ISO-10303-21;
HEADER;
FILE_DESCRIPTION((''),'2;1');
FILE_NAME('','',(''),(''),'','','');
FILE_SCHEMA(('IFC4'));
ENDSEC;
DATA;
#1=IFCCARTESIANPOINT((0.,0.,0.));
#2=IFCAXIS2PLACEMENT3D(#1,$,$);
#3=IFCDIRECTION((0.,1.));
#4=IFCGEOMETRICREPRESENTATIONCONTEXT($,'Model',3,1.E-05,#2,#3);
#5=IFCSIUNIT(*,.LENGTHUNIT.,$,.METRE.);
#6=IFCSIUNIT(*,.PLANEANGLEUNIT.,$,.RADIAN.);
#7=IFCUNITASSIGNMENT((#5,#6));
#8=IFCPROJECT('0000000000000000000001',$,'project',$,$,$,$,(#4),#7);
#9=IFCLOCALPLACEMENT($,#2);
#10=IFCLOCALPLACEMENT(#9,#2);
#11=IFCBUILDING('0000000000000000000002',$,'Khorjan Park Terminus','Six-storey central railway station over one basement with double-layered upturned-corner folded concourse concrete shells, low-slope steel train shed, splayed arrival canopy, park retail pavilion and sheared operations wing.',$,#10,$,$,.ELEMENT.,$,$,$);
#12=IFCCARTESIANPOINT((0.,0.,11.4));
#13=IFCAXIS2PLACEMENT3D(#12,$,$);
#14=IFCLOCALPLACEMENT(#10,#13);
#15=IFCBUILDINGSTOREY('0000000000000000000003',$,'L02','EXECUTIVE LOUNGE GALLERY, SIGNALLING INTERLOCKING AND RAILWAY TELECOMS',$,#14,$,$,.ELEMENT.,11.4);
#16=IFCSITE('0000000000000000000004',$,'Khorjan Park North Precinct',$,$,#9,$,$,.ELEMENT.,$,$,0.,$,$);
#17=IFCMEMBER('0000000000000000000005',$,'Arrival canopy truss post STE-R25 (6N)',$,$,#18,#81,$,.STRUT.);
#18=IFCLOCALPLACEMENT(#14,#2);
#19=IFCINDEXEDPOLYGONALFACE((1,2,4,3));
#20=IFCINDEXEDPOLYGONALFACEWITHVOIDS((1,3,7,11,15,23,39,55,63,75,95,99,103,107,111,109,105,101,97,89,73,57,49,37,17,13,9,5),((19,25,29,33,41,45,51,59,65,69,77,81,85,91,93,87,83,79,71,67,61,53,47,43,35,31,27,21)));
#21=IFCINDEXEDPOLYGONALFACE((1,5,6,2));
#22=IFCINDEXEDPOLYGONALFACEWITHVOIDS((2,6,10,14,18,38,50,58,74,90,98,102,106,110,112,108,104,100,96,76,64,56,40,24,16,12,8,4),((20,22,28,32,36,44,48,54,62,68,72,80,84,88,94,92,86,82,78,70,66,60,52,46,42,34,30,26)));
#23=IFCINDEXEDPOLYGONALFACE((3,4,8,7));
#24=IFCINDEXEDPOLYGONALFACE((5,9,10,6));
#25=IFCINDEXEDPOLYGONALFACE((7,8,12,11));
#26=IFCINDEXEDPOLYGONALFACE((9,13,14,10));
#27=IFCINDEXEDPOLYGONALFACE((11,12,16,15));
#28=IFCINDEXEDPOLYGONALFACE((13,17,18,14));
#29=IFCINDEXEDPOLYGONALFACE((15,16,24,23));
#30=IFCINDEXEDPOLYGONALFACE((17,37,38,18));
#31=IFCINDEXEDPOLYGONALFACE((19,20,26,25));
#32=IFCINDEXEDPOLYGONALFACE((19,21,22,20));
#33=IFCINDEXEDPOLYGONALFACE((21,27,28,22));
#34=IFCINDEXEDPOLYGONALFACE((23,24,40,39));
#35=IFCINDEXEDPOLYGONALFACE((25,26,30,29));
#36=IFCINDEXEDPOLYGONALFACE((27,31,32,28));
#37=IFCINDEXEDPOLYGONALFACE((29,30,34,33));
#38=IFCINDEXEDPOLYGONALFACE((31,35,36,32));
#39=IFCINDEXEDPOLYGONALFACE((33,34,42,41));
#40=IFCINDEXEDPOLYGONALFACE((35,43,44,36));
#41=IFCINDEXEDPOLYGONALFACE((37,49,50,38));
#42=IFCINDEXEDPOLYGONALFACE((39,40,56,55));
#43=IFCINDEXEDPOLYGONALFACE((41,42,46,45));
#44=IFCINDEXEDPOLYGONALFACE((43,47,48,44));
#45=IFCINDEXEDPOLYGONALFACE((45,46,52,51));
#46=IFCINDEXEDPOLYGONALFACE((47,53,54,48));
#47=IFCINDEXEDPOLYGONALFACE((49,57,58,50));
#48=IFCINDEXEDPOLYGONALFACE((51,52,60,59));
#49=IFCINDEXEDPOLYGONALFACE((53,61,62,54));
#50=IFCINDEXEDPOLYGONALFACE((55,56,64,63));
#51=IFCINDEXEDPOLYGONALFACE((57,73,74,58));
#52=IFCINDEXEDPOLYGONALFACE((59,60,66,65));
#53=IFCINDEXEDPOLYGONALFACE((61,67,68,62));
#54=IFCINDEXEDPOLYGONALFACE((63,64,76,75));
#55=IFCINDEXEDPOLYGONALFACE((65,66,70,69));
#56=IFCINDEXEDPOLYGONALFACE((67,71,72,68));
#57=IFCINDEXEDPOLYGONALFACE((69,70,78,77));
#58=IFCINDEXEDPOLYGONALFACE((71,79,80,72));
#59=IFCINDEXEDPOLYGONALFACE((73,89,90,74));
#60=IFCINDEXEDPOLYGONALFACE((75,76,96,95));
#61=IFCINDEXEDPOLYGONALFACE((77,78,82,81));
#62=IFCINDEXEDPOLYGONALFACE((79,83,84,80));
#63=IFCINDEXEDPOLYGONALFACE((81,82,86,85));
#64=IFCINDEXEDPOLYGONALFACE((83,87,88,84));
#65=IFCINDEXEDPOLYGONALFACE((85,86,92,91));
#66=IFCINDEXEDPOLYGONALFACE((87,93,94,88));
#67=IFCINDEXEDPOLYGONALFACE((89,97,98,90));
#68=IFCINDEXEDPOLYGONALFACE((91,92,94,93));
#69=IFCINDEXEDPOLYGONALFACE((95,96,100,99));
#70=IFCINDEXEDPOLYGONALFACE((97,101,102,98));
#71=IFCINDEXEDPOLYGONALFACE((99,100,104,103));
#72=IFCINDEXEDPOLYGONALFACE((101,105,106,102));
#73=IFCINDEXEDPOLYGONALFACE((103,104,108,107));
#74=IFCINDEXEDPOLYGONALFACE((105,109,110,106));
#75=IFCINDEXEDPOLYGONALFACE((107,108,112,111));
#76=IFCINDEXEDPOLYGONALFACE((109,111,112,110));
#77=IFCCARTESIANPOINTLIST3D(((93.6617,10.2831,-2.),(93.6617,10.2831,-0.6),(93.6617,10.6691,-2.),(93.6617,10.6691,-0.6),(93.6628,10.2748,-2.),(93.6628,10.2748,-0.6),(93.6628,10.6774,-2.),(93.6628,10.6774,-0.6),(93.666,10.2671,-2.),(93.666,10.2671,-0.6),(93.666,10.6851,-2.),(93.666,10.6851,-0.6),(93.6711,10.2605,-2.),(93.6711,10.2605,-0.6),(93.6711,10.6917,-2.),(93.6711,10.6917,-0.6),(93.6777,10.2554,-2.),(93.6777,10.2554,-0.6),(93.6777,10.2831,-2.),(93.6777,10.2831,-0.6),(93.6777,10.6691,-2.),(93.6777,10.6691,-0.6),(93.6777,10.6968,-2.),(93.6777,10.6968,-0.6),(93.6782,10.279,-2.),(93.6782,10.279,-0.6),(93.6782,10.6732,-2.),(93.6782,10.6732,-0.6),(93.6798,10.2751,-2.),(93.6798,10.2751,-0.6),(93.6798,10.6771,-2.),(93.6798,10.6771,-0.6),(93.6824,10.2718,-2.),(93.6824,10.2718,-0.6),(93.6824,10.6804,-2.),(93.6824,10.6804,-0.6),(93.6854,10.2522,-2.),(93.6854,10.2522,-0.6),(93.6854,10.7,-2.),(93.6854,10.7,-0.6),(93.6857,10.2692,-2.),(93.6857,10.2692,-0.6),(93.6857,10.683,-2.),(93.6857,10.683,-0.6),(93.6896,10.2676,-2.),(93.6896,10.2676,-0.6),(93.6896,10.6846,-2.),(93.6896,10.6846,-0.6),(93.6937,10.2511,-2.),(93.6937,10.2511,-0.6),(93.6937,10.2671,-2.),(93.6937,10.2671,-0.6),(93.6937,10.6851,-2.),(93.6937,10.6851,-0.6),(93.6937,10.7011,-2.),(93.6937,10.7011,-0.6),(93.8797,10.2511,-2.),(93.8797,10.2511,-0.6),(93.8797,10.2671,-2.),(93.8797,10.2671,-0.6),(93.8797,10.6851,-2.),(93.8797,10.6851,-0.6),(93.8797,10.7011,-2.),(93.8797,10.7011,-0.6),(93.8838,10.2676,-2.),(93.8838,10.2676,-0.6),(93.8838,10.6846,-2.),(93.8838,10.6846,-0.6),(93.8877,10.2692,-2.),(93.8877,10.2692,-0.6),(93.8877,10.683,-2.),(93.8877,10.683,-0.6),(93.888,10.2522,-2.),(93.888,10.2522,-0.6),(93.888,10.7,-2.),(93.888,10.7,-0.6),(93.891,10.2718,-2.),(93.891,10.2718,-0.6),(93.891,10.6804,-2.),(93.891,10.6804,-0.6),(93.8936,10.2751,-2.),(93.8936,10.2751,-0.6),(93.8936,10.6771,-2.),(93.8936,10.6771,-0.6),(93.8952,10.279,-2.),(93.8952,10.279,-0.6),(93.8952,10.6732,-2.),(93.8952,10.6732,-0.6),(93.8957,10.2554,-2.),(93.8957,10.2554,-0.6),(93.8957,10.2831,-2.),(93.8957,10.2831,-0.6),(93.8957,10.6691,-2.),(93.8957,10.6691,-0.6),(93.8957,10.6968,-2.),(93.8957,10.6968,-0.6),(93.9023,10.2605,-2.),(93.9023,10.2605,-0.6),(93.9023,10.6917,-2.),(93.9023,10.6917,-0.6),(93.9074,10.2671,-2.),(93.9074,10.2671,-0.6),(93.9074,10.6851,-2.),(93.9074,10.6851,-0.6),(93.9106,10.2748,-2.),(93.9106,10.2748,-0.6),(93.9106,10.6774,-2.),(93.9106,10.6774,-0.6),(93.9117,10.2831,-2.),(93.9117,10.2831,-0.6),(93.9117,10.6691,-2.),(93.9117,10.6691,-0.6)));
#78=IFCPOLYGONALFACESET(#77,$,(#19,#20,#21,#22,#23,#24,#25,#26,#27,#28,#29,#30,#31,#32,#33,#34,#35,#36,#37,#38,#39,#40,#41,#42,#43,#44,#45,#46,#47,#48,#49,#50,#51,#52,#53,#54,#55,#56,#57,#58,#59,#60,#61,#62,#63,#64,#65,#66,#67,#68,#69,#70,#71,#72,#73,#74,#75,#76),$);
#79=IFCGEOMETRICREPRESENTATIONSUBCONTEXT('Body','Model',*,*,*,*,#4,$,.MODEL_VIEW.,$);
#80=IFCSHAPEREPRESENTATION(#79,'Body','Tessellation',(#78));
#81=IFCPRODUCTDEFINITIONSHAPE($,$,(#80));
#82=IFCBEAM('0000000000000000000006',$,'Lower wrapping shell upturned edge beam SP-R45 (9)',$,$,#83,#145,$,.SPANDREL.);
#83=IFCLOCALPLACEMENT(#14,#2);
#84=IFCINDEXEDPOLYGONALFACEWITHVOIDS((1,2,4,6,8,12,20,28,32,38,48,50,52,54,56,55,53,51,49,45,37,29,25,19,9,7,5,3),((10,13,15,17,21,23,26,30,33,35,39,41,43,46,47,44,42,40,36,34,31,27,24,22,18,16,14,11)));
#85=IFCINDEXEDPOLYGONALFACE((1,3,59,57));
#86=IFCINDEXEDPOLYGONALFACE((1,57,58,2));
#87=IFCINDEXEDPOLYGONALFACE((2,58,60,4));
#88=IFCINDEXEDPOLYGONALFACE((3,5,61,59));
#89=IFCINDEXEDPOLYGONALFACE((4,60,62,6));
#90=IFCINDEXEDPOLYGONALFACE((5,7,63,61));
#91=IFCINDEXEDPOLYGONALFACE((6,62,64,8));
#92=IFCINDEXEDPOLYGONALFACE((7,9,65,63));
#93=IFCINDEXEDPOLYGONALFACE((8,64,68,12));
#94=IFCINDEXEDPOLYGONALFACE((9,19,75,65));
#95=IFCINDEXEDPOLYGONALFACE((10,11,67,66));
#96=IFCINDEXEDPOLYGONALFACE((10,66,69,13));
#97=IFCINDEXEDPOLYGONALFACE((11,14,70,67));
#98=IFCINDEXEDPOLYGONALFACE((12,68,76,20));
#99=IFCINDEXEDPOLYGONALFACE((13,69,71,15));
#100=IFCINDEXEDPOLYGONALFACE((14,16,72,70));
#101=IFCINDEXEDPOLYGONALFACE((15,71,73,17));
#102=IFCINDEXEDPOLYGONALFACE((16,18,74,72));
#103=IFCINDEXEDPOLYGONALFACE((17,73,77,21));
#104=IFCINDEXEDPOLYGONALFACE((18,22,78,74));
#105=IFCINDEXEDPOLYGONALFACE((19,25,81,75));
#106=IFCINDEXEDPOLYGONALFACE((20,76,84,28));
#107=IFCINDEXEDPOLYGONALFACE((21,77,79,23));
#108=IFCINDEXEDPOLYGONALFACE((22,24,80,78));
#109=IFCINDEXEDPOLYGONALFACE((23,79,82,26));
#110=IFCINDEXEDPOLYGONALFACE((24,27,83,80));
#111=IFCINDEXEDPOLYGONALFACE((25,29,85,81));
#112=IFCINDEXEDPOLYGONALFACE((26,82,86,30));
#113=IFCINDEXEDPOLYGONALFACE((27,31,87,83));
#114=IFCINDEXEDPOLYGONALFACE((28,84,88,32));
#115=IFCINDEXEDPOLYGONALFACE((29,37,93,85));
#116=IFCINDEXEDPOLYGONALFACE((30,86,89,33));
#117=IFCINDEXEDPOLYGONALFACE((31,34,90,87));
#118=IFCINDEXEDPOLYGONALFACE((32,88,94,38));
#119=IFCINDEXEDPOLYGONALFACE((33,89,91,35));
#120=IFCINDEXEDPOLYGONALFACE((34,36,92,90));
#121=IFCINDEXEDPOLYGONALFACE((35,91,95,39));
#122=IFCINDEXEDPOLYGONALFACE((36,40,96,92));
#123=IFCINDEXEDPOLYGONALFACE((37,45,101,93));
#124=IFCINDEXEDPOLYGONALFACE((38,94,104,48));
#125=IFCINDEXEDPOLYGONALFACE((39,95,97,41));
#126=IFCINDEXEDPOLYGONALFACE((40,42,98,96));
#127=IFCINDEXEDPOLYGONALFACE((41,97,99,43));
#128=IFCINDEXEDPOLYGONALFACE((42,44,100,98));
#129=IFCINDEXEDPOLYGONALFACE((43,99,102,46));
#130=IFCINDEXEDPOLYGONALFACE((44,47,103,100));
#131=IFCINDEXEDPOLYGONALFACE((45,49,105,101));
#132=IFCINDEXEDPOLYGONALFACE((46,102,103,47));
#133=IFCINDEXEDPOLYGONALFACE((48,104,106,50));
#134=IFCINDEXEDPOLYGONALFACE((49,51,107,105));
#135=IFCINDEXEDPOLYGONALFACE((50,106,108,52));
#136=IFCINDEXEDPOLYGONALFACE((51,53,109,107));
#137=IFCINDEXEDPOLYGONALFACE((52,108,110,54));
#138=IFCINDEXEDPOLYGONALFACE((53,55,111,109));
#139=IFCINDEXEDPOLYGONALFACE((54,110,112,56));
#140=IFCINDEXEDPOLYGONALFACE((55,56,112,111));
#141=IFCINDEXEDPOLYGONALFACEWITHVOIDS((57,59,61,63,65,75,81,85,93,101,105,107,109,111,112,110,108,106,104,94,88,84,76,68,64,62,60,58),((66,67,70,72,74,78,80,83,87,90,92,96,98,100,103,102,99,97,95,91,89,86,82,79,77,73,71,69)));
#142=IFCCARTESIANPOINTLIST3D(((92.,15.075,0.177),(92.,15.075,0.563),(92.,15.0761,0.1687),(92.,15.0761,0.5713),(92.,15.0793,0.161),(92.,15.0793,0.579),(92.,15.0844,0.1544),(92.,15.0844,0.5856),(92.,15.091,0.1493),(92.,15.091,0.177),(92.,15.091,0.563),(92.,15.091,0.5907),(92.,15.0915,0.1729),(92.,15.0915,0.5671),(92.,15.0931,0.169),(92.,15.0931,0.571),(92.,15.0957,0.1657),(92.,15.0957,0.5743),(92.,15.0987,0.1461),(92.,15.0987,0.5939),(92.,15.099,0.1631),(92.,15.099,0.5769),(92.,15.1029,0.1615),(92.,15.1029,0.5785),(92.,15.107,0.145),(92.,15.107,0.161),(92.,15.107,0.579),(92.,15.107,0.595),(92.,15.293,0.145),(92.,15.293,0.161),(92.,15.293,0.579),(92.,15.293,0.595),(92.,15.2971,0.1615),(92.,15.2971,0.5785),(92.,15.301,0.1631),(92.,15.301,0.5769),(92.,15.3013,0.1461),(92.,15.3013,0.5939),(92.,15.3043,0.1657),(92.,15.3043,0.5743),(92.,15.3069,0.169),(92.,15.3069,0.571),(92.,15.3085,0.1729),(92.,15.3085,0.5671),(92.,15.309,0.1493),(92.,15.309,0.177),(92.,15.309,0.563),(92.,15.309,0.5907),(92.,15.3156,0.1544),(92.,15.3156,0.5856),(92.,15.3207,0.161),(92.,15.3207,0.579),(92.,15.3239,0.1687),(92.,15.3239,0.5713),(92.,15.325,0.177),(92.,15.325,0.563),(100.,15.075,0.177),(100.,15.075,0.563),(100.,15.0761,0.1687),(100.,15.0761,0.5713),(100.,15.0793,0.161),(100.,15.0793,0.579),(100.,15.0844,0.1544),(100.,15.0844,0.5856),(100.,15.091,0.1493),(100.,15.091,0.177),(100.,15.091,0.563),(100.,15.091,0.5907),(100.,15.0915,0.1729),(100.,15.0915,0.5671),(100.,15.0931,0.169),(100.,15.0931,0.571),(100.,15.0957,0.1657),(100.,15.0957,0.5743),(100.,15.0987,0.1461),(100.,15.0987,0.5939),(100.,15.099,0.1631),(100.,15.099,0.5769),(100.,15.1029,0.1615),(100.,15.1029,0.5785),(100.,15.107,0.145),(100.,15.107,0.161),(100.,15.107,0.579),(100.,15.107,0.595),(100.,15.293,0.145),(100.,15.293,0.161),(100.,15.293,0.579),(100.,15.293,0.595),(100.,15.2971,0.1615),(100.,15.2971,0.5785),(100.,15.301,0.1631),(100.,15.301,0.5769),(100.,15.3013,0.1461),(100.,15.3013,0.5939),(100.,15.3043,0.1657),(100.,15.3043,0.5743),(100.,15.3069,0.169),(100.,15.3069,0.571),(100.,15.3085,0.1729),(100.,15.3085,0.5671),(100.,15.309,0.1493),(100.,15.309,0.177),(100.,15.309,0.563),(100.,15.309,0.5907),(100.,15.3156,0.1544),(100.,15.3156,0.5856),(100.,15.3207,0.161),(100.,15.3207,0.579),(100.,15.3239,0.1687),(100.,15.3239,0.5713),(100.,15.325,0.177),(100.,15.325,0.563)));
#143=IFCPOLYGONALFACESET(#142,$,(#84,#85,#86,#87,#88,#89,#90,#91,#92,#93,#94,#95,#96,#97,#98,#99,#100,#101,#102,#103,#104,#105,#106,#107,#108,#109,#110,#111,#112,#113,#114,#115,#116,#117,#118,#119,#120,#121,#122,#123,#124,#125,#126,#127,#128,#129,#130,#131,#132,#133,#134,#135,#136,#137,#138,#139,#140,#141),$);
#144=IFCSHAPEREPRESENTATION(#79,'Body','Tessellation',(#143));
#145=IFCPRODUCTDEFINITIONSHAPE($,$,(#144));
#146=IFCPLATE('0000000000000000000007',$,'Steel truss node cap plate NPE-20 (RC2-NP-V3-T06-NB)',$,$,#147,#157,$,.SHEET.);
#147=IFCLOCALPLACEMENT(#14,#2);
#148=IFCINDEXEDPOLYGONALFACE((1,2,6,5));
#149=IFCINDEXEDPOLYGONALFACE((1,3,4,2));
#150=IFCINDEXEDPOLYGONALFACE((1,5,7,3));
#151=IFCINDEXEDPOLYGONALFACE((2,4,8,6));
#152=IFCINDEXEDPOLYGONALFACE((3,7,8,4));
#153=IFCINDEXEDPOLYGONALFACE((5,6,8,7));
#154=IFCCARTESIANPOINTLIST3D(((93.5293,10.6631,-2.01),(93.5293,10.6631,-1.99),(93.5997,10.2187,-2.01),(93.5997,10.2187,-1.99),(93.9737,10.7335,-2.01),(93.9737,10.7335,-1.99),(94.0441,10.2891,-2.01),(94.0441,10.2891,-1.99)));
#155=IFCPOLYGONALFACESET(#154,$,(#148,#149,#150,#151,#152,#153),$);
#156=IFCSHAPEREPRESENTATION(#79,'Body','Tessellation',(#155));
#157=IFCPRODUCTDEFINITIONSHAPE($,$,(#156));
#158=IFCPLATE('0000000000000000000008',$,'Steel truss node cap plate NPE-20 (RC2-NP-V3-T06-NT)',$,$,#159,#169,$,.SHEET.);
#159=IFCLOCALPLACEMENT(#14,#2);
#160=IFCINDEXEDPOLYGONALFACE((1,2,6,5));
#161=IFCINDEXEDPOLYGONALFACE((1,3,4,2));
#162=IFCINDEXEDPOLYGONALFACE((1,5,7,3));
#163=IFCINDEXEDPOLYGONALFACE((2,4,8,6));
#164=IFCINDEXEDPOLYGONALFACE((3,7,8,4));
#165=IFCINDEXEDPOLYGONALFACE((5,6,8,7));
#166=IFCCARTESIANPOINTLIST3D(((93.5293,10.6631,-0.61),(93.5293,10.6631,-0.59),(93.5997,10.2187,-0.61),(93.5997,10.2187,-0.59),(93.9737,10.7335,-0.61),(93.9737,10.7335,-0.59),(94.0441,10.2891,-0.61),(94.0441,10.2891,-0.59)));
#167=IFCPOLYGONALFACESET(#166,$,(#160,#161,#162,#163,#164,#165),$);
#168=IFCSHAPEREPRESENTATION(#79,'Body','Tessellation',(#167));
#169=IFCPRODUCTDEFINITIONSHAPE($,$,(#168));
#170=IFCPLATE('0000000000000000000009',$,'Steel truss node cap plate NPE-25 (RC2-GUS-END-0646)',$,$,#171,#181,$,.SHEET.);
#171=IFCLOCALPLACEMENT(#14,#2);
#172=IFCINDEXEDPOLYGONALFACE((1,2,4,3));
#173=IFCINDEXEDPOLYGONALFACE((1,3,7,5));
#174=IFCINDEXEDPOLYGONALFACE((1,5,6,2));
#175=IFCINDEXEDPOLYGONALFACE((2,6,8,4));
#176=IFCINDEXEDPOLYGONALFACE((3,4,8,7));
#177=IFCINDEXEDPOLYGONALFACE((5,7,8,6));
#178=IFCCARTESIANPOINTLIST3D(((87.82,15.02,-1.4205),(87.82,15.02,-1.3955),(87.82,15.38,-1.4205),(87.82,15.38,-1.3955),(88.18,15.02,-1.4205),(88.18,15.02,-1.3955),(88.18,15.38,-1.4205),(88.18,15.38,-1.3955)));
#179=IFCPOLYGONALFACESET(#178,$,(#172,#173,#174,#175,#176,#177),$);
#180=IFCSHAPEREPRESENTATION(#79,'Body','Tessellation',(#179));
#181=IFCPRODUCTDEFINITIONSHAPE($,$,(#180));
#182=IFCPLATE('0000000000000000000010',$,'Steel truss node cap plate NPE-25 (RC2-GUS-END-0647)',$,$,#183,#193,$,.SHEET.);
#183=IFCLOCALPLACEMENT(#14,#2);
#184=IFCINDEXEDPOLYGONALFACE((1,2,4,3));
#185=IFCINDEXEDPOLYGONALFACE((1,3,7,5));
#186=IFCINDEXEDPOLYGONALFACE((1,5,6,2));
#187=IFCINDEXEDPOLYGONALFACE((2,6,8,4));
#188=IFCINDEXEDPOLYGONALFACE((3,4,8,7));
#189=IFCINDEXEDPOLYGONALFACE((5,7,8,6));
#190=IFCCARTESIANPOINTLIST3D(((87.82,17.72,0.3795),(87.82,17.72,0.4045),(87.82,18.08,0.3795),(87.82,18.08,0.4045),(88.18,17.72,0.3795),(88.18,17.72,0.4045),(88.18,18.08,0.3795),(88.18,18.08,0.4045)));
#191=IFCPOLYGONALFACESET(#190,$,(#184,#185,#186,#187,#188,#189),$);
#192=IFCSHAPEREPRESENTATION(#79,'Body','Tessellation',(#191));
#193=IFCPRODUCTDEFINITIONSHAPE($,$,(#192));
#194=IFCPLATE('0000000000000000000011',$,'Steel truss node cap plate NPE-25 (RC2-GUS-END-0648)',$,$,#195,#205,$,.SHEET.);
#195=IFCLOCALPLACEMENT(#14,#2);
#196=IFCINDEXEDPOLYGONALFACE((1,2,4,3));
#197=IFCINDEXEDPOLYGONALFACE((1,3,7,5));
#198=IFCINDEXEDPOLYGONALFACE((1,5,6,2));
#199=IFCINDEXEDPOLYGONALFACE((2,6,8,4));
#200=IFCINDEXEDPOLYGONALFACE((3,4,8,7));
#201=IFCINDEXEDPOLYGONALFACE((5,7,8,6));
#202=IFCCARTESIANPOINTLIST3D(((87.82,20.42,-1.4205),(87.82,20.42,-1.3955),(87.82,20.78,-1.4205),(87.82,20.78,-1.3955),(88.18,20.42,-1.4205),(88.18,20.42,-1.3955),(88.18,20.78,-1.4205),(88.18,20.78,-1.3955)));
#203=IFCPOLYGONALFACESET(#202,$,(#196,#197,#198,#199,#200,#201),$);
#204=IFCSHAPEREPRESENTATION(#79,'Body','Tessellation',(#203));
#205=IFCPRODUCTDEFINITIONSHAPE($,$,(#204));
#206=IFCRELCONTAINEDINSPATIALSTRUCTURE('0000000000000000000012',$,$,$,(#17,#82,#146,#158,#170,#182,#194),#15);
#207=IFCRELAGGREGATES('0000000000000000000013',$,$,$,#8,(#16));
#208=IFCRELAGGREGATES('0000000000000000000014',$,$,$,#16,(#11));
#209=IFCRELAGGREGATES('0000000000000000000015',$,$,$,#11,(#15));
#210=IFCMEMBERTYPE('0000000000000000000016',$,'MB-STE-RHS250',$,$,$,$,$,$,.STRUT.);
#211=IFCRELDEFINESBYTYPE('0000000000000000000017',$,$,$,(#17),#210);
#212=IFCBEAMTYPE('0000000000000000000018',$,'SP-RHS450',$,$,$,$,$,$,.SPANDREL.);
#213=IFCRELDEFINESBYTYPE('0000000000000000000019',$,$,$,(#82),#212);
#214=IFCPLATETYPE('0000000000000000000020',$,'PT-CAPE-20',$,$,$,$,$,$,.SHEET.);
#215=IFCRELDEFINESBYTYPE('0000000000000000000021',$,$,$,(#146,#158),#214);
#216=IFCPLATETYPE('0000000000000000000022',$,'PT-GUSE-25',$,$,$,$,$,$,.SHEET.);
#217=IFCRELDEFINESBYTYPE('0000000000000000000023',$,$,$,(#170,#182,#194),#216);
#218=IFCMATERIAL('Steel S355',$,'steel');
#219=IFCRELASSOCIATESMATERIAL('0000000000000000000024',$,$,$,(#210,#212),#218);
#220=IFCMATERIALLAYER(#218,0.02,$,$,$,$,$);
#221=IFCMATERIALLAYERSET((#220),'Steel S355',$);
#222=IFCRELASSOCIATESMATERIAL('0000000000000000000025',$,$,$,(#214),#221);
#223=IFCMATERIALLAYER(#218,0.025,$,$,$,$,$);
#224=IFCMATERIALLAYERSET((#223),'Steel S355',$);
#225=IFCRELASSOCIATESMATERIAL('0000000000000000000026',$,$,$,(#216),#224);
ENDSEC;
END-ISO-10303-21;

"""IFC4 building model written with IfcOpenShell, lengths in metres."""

from ifc_helpers import new_model, si_unit, direction, frame, origin, origin_2d, place, context, subcontext, project, spatial, rectangle, hollow_rectangle, extrude, material, layer, layer_set, material_profile, profile_set, type_object, element, save


model = new_model("IFC4")

# Units and contexts
model_context = context("Model", 3, precision=1e-05, world=origin(), true_north=direction((0.0, 1.0)))
body_context = subcontext(model_context, "Body", "Model", "MODEL_VIEW")
ifc_project = project(units=[si_unit("LENGTHUNIT", "METRE"), si_unit("PLANEANGLEUNIT", "RADIAN")], contexts=[model_context])

# Site, building, storey
site_placement = place(None, origin())
site = spatial("IfcSite", under=ifc_project, at=site_placement, Name="Khorjan Park North Precinct", CompositionType="ELEMENT", RefElevation=0.0)
building_placement = place(site_placement, origin())
building = spatial("IfcBuilding", under=site, at=building_placement, Name="Khorjan Park Terminus", Description="Six-storey central railway station over one basement with double-layered upturned-corner folded concourse concrete shells, low-slope steel train shed, splayed arrival canopy, park retail pavilion and sheared operations wing.", CompositionType="ELEMENT")
storey_placement = place(building_placement, frame((0.0, 0.0, 11.4)))
storey = spatial("IfcBuildingStorey", under=building, at=storey_placement, Name="L02", Description="EXECUTIVE LOUNGE GALLERY, SIGNALLING INTERLOCKING AND RAILWAY TELECOMS", CompositionType="ELEMENT", Elevation=11.4)

# Member
ifc_material_1 = material(Name="Steel S355", Category="steel")
ifc_material_profile_1 = material_profile(ifc_material_1, hollow_rectangle(XDim=0.25, YDim=0.45, WallThickness=0.016, InnerFilletRadius=0.016, OuterFilletRadius=0.032, at=origin_2d()), Name="RHS 450x250x16")
ifc_profile_set_1 = profile_set([ifc_material_profile_1], Name="Steel S355")
member_type_1 = type_object("IfcMemberType", Name="MB-STE-RHS250", PredefinedType="STRUT", material=ifc_profile_set_1)
member_1_placement = place(storey_placement, frame((93.7867, 10.4761, -2.0), z_axis=(0.0, 0.0, 1.0), x_axis=(1.0, 0.0, 0.0)))
element("IfcMember", 1, at=member_1_placement, inside=storey, type_object=member_type_1, Name="Arrival canopy truss post STE-R25 (6N)", PredefinedType="STRUT", context=body_context, shape_type="SweptSolid", body=[
    extrude(hollow_rectangle(XDim=0.25, YDim=0.45, WallThickness=0.016, InnerFilletRadius=0.016, OuterFilletRadius=0.032, at=origin_2d()), origin(), (0.0, 0.0, 1.0), 1.4),
])

# Beam
ifc_material_profile_2 = material_profile(ifc_material_1, hollow_rectangle(XDim=0.25, YDim=0.45, WallThickness=0.016, InnerFilletRadius=0.016, OuterFilletRadius=0.032, at=origin_2d()), Name="RHS 450x250x16")
ifc_profile_set_2 = profile_set([ifc_material_profile_2], Name="Steel S355")
beam_type = type_object("IfcBeamType", Name="SP-RHS450", PredefinedType="SPANDREL", material=ifc_profile_set_2)
beam_placement = place(storey_placement, frame((92.0, 15.2, 0.37), z_axis=(1.0, 0.0, 0.0), x_axis=(0.0, 1.0, 0.0)))
element("IfcBeam", 2, at=beam_placement, inside=storey, type_object=beam_type, Name="Lower wrapping shell upturned edge beam SP-R45 (9)", PredefinedType="SPANDREL", context=body_context, shape_type="SweptSolid", body=[
    extrude(hollow_rectangle(XDim=0.25, YDim=0.45, WallThickness=0.016, InnerFilletRadius=0.016, OuterFilletRadius=0.032, at=origin_2d()), origin(), (0.0, 0.0, 1.0), 8.0),
])

# Plates
ifc_layer_1 = layer(ifc_material_1, 0.02)
ifc_layer_set_1 = layer_set([ifc_layer_1], Name="Steel S355")
plate_type_1 = type_object("IfcPlateType", Name="PT-CAPE-20", PredefinedType="SHEET", material=ifc_layer_set_1)
for number, where, z_axis, x_axis, name in (
    (3, (93.7867, 10.4761, -2.01), (0.0, 0.0, 1.0), (0.987688, 0.156434, 0.0), "Steel truss node cap plate NPE-20 (RC2-NP-V3-T06-NB)"),
    (4, (93.7867, 10.4761, -0.61), (0.0, 0.0, 1.0), (0.987688, 0.156434, 0.0), "Steel truss node cap plate NPE-20 (RC2-NP-V3-T06-NT)"),
):
    element("IfcPlate", number, at=place(storey_placement, frame(where, z_axis=z_axis, x_axis=x_axis)), inside=storey, type_object=plate_type_1, Name=name, PredefinedType="SHEET", context=body_context, shape_type="SweptSolid", body=[
        extrude(rectangle(XDim=0.45, YDim=0.45, at=origin_2d()), origin(), (0.0, 0.0, 1.0), 0.02),
    ])
ifc_layer_2 = layer(ifc_material_1, 0.025)
ifc_layer_set_2 = layer_set([ifc_layer_2], Name="Steel S355")
plate_type_2 = type_object("IfcPlateType", Name="PT-GUSE-25", PredefinedType="SHEET", material=ifc_layer_set_2)
for number, where, z_axis, x_axis, name in (
    (5, (88.0, 15.2, -1.4205), (0.0, 0.0, 1.0), (1.0, 0.0, 0.0), "Steel truss node cap plate NPE-25 (RC2-GUS-END-0646)"),
    (6, (88.0, 17.9, 0.3795), (0.0, 0.0, 1.0), (1.0, 0.0, 0.0), "Steel truss node cap plate NPE-25 (RC2-GUS-END-0647)"),
    (7, (88.0, 20.6, -1.4205), (0.0, 0.0, 1.0), (1.0, 0.0, 0.0), "Steel truss node cap plate NPE-25 (RC2-GUS-END-0648)"),
):
    element("IfcPlate", number, at=place(storey_placement, frame(where, z_axis=z_axis, x_axis=x_axis)), inside=storey, type_object=plate_type_2, Name=name, PredefinedType="SHEET", context=body_context, shape_type="SweptSolid", body=[
        extrude(rectangle(XDim=0.36, YDim=0.36, at=origin_2d()), origin(), (0.0, 0.0, 1.0), 0.025),
    ])

save(model, "model.ifc")
